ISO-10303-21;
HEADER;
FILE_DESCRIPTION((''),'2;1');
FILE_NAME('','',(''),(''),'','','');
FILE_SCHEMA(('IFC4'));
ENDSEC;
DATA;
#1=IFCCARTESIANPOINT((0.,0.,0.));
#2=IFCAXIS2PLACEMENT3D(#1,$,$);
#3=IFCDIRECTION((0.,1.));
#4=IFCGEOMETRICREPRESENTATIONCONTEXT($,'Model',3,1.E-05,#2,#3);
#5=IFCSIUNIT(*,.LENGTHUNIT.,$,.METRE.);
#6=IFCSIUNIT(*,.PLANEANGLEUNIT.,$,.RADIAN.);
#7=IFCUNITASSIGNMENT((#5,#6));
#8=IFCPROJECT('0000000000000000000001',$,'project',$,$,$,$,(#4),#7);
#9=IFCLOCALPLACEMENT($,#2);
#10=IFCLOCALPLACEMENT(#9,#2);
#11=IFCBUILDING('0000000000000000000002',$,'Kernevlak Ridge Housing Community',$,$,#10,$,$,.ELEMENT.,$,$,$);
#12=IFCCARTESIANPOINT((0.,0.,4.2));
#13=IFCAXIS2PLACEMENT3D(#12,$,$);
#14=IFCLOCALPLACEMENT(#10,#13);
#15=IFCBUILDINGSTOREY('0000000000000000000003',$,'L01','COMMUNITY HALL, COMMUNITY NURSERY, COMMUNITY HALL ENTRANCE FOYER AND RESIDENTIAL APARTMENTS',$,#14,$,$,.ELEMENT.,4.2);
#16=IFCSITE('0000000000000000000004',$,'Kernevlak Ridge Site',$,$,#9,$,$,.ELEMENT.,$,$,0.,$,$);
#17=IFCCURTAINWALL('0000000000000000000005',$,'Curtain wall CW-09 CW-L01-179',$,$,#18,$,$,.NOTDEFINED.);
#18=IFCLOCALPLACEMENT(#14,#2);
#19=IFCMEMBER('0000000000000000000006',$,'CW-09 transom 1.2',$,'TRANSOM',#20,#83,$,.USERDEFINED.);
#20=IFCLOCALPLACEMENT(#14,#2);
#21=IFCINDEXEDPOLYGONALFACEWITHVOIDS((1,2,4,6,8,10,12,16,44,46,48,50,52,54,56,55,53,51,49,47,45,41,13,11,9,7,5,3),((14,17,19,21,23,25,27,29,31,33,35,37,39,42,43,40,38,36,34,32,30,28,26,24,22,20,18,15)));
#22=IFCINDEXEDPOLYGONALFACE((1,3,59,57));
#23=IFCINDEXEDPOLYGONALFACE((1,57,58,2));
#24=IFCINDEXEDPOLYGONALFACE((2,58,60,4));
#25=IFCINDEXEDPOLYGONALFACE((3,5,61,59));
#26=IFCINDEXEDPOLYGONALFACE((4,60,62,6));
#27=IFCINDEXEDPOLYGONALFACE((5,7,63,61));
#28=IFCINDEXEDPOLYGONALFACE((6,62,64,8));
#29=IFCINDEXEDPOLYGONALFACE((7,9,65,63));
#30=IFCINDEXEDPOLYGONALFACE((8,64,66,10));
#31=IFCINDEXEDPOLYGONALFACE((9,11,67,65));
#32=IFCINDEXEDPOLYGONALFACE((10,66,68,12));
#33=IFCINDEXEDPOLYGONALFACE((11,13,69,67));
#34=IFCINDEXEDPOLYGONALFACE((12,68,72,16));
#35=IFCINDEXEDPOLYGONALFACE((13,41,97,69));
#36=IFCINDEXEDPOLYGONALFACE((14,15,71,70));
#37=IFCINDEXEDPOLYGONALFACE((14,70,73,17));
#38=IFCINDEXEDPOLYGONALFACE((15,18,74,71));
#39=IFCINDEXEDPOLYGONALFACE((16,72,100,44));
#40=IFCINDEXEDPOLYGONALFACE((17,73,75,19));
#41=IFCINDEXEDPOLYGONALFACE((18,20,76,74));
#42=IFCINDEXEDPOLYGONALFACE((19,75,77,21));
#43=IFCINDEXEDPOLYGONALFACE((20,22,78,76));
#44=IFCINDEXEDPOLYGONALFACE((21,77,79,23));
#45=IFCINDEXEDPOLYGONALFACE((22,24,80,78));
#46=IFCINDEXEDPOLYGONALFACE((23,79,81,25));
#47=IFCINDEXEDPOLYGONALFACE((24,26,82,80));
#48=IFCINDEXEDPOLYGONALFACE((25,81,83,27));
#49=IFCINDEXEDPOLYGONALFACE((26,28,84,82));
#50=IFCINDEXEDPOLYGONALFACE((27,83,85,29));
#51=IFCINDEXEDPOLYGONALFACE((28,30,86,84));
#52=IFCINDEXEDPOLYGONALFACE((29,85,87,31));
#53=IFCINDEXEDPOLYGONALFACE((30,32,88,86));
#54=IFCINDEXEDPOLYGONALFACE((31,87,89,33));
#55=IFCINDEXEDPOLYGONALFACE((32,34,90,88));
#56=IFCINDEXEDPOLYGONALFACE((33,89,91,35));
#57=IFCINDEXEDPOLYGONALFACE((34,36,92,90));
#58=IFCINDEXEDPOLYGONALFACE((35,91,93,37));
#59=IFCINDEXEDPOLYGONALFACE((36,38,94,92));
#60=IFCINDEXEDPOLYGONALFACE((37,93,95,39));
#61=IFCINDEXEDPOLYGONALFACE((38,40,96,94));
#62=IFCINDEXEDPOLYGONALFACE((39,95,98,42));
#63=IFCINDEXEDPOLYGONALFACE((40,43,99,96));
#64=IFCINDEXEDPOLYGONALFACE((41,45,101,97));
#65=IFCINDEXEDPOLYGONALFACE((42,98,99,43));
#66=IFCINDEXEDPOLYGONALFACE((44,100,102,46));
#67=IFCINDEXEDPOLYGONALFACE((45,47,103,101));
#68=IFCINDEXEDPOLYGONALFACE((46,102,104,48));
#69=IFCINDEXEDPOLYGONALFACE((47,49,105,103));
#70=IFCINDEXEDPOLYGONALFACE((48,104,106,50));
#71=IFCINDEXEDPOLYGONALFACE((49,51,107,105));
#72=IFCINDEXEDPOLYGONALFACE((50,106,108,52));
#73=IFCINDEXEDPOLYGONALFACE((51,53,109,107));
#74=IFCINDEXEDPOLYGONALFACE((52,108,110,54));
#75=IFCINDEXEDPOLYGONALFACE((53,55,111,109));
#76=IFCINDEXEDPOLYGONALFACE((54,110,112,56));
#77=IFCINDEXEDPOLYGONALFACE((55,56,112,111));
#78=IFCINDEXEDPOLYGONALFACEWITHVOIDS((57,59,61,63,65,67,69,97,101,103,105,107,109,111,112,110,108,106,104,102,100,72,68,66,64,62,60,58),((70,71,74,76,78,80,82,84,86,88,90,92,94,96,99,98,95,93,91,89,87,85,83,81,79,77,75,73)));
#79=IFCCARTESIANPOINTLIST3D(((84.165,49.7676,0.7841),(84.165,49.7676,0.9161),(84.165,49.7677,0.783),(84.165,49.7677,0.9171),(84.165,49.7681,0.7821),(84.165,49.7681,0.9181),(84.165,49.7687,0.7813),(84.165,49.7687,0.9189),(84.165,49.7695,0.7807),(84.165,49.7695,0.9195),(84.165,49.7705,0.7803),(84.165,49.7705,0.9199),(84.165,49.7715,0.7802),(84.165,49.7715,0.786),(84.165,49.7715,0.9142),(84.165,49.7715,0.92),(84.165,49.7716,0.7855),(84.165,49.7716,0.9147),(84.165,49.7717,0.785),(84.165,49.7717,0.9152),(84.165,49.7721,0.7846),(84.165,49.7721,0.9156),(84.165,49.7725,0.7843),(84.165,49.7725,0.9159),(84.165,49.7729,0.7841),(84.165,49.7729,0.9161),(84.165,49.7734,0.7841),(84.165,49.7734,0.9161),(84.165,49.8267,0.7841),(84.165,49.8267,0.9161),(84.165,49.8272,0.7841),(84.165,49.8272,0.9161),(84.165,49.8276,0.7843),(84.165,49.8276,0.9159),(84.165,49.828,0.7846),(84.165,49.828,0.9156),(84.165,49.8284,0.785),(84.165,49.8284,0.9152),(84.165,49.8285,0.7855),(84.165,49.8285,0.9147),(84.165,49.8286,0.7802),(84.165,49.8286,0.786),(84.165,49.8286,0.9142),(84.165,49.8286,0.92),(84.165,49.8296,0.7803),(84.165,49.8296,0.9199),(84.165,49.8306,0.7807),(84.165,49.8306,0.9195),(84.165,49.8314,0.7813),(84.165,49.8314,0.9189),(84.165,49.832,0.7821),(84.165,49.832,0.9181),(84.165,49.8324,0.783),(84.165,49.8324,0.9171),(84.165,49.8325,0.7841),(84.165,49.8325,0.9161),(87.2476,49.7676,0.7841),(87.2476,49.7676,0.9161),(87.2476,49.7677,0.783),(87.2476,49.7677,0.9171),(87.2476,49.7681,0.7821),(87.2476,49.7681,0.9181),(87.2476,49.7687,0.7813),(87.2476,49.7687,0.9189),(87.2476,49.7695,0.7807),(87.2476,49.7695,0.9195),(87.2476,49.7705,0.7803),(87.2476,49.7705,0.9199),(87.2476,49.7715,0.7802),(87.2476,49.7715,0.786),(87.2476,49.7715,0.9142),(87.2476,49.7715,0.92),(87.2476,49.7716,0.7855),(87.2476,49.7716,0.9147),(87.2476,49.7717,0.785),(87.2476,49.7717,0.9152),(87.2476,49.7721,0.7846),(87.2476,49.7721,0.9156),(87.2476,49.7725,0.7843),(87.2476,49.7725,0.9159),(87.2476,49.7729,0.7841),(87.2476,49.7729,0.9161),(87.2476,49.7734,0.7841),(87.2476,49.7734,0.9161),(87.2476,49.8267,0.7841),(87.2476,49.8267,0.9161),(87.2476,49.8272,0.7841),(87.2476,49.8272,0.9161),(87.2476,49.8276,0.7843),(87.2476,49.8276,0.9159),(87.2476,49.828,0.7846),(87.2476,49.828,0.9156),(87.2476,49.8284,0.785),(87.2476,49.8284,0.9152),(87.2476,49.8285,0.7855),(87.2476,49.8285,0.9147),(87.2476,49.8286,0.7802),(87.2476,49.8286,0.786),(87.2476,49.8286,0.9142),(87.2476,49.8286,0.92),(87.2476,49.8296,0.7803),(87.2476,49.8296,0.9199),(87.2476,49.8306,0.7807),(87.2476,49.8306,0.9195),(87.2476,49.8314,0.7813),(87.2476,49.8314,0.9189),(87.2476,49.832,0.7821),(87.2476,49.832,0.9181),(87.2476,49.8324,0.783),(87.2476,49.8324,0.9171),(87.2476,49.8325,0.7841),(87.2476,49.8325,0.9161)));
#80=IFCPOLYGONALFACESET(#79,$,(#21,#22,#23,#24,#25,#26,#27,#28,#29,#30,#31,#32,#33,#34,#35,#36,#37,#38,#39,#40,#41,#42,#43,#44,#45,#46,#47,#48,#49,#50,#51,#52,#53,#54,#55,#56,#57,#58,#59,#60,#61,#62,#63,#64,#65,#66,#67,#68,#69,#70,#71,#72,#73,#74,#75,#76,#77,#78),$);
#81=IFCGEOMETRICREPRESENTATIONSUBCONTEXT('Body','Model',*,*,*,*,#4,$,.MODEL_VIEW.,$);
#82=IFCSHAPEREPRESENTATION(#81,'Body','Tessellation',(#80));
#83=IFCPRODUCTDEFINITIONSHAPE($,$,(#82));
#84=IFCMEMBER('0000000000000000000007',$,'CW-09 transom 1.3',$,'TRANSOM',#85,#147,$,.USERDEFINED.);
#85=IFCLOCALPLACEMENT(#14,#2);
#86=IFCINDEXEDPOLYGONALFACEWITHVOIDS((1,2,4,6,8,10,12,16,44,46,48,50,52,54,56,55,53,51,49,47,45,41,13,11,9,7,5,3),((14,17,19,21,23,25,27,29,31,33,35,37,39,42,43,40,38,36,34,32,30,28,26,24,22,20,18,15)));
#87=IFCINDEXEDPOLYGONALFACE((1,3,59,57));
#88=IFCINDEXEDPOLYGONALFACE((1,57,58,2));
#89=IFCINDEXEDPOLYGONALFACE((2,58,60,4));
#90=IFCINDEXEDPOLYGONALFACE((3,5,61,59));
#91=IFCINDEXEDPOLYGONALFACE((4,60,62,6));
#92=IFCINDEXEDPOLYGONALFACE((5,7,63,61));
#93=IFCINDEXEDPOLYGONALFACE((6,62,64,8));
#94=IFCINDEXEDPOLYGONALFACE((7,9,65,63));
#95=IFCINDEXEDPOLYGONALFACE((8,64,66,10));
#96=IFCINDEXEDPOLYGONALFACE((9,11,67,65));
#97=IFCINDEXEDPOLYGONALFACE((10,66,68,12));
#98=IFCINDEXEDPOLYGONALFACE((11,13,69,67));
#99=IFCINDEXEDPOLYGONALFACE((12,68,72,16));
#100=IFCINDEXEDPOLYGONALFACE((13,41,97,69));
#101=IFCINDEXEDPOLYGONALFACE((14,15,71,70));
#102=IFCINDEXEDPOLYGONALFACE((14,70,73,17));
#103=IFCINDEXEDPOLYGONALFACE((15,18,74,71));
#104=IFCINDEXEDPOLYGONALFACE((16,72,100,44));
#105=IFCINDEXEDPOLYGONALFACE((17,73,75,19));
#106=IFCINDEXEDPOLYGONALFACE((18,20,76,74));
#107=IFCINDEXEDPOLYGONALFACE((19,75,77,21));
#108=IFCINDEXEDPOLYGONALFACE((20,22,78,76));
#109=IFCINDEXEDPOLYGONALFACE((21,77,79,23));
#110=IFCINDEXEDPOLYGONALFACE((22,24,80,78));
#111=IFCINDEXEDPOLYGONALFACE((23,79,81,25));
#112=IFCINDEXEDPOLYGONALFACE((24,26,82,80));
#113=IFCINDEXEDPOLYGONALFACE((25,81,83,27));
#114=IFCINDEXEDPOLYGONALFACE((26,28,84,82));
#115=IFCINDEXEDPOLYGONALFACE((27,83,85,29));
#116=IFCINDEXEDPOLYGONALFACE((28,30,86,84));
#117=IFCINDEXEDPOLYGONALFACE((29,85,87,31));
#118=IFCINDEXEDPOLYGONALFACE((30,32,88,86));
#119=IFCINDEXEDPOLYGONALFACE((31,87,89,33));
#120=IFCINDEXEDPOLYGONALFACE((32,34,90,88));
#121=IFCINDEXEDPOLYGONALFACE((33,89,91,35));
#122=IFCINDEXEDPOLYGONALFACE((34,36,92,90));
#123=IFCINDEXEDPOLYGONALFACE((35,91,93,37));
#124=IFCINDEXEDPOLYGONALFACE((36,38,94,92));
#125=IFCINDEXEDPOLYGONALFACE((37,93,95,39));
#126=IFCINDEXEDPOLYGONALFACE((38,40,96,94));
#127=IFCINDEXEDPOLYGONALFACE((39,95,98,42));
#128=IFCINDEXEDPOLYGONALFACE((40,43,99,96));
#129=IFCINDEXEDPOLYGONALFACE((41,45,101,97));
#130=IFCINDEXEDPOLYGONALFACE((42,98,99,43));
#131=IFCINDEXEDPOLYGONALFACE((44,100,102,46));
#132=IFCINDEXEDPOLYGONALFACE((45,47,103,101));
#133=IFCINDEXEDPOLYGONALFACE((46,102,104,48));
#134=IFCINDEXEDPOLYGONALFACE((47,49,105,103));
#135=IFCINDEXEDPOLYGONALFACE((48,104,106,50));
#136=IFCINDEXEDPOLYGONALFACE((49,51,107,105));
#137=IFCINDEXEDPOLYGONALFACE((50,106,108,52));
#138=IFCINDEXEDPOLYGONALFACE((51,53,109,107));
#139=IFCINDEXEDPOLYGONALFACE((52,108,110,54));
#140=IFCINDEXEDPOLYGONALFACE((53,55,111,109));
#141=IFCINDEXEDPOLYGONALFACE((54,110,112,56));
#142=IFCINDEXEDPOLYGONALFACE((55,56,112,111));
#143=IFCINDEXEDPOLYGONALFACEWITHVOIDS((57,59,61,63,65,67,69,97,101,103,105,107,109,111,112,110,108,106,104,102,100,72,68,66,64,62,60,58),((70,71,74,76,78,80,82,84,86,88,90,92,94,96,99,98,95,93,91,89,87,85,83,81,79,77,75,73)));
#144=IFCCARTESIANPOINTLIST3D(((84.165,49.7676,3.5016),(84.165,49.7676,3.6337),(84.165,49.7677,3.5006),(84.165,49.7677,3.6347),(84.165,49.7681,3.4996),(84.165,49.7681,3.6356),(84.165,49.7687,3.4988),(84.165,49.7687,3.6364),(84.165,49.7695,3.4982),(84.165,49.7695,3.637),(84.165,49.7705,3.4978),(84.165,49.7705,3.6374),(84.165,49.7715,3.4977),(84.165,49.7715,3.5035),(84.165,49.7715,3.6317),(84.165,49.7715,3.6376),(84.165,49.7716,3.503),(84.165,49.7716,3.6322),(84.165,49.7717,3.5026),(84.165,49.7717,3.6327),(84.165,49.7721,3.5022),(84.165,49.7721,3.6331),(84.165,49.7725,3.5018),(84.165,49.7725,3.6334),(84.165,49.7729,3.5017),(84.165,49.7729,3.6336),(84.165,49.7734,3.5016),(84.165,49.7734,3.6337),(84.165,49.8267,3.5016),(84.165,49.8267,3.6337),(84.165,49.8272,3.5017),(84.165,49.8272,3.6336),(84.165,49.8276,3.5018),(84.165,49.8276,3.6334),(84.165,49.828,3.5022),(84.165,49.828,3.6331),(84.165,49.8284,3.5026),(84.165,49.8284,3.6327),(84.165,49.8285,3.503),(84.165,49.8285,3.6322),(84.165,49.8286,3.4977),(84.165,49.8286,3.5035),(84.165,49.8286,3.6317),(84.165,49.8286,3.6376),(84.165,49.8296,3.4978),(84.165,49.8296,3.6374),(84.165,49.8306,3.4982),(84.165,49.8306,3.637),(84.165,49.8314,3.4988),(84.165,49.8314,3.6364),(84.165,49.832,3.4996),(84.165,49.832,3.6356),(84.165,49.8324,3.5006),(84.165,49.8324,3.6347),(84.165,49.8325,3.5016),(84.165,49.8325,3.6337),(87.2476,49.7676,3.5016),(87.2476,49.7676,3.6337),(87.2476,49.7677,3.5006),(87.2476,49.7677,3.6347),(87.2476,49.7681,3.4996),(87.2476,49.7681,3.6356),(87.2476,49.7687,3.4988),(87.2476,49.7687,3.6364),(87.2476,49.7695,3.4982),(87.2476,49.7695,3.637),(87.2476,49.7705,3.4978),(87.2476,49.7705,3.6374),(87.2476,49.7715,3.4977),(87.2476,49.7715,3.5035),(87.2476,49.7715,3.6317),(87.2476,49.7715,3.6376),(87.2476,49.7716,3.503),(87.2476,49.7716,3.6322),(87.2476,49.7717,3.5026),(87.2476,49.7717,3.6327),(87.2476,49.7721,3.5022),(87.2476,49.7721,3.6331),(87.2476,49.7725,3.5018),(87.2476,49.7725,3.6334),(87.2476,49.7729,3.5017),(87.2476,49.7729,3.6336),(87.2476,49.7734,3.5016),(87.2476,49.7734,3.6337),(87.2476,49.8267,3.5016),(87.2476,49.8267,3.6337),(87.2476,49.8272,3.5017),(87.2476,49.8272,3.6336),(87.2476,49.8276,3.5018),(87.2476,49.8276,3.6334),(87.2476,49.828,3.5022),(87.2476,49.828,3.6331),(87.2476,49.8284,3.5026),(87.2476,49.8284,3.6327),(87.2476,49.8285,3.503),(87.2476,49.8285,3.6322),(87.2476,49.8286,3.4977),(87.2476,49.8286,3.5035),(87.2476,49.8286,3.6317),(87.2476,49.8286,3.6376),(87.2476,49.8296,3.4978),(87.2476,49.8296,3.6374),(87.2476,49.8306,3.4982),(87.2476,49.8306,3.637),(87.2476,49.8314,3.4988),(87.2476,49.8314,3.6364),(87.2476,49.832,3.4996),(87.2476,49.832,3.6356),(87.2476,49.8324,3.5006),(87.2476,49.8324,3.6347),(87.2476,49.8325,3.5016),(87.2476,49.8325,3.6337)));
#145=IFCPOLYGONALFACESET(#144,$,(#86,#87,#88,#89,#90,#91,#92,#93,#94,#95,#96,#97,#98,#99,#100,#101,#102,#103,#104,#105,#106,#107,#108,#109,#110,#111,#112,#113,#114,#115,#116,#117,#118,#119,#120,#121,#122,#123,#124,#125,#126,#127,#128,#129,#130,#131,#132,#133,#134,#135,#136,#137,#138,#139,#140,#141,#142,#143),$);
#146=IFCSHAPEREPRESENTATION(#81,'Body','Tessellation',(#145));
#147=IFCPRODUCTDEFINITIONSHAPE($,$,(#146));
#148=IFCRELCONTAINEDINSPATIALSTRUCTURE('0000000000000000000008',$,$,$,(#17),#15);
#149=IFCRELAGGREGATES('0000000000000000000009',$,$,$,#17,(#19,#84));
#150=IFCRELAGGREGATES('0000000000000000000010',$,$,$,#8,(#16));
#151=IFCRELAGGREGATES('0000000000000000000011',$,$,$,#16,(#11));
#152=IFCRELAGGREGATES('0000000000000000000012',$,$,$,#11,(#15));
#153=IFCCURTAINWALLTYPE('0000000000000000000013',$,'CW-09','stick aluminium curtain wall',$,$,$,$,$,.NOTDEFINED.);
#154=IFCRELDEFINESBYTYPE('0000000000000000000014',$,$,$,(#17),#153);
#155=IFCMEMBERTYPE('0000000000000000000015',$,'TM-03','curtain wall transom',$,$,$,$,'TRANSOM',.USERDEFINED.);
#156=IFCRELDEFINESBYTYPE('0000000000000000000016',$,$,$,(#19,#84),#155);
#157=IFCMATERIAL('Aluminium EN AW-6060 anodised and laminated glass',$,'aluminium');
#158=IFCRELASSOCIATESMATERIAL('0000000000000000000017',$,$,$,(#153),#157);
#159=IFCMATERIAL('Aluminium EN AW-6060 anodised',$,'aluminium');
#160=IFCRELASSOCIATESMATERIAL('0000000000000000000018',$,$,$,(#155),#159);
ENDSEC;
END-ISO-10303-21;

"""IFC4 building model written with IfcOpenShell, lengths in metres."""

from ifc_helpers import new_model, si_unit, direction, frame, origin, origin_2d, place, context, subcontext, project, spatial, hollow_rectangle, extrude, material, material_profile, profile_set, type_object, element, aggregate, save


model = new_model("IFC4")

# Units and contexts
model_context = context("Model", 3, precision=1e-05, world=origin(), true_north=direction((0.0, 1.0)))
body_context = subcontext(model_context, "Body", "Model", "MODEL_VIEW")
ifc_project = project(units=[si_unit("LENGTHUNIT", "METRE"), si_unit("PLANEANGLEUNIT", "RADIAN")], contexts=[model_context])

# Site, building, storey
site_placement = place(None, origin())
site = spatial("IfcSite", under=ifc_project, at=site_placement, Name="Kernevlak Ridge Site", CompositionType="ELEMENT", RefElevation=0.0)
building_placement = place(site_placement, origin())
building = spatial("IfcBuilding", under=site, at=building_placement, Name="Kernevlak Ridge Housing Community", CompositionType="ELEMENT")
storey_placement = place(building_placement, frame((0.0, 0.0, 4.2)))
storey = spatial("IfcBuildingStorey", under=building, at=storey_placement, Name="L01", Description="COMMUNITY HALL, COMMUNITY NURSERY, COMMUNITY HALL ENTRANCE FOYER AND RESIDENTIAL APARTMENTS", CompositionType="ELEMENT", Elevation=4.2)

# Shared definitions
ifc_material_1 = material(Name="Aluminium EN AW-6060 anodised and laminated glass", Category="aluminium")
ifc_material_2 = material(Name="Aluminium EN AW-6060 anodised", Category="aluminium")

# Curtain wall
curtain_wall_type_1 = type_object("IfcCurtainWallType", Name="CW-09", Description="stick aluminium curtain wall", PredefinedType="NOTDEFINED", material=ifc_material_1)
curtain_wall_1_placement = place(storey_placement, origin())
curtain_wall_1 = element("IfcCurtainWall", 1, at=curtain_wall_1_placement, inside=storey, type_object=curtain_wall_type_1, Name="Curtain wall CW-09 CW-L01-179", PredefinedType="NOTDEFINED")

# Members
ifc_material_profile_1 = material_profile(ifc_material_2, hollow_rectangle(XDim=0.0649, YDim=0.1399, WallThickness=0.0039, InnerFilletRadius=0.002, OuterFilletRadius=0.0039, at=origin_2d()), Name="ALU 65x140x4")
ifc_profile_set_1 = profile_set([ifc_material_profile_1], Name="Aluminium EN AW-6060 anodised")
member_type_1 = type_object("IfcMemberType", Name="TM-03", Description="curtain wall transom", ElementType="TRANSOM", PredefinedType="USERDEFINED", material=ifc_profile_set_1)
member_1_placement = place(storey_placement, frame((84.165, 49.8, 0.8501), z_axis=(1.0, 0.0, 0.0), x_axis=(0.0, 1.0, 0.0)))
member_1 = element("IfcMember", 2, at=member_1_placement, type_object=member_type_1, Name="CW-09 transom 1.2", ObjectType="TRANSOM", PredefinedType="USERDEFINED", context=body_context, shape_type="SweptSolid", body=[
    extrude(hollow_rectangle(XDim=0.0649, YDim=0.1399, WallThickness=0.0039, InnerFilletRadius=0.002, OuterFilletRadius=0.0039, at=origin_2d()), origin(), (0.0, 0.0, 1.0), 3.0825),
])
member_2_placement = place(storey_placement, frame((84.165, 49.8, 3.5676), z_axis=(1.0, 0.0, 0.0), x_axis=(0.0, 1.0, 0.0)))
member_2 = element("IfcMember", 3, at=member_2_placement, type_object=member_type_1, Name="CW-09 transom 1.3", ObjectType="TRANSOM", PredefinedType="USERDEFINED", context=body_context, shape_type="SweptSolid", body=[
    extrude(hollow_rectangle(XDim=0.0649, YDim=0.1399, WallThickness=0.0039, InnerFilletRadius=0.002, OuterFilletRadius=0.0039, at=origin_2d()), origin(), (0.0, 0.0, 1.0), 3.0825),
])

aggregate(curtain_wall_1, [member_1, member_2])

save(model, "model.ifc")
